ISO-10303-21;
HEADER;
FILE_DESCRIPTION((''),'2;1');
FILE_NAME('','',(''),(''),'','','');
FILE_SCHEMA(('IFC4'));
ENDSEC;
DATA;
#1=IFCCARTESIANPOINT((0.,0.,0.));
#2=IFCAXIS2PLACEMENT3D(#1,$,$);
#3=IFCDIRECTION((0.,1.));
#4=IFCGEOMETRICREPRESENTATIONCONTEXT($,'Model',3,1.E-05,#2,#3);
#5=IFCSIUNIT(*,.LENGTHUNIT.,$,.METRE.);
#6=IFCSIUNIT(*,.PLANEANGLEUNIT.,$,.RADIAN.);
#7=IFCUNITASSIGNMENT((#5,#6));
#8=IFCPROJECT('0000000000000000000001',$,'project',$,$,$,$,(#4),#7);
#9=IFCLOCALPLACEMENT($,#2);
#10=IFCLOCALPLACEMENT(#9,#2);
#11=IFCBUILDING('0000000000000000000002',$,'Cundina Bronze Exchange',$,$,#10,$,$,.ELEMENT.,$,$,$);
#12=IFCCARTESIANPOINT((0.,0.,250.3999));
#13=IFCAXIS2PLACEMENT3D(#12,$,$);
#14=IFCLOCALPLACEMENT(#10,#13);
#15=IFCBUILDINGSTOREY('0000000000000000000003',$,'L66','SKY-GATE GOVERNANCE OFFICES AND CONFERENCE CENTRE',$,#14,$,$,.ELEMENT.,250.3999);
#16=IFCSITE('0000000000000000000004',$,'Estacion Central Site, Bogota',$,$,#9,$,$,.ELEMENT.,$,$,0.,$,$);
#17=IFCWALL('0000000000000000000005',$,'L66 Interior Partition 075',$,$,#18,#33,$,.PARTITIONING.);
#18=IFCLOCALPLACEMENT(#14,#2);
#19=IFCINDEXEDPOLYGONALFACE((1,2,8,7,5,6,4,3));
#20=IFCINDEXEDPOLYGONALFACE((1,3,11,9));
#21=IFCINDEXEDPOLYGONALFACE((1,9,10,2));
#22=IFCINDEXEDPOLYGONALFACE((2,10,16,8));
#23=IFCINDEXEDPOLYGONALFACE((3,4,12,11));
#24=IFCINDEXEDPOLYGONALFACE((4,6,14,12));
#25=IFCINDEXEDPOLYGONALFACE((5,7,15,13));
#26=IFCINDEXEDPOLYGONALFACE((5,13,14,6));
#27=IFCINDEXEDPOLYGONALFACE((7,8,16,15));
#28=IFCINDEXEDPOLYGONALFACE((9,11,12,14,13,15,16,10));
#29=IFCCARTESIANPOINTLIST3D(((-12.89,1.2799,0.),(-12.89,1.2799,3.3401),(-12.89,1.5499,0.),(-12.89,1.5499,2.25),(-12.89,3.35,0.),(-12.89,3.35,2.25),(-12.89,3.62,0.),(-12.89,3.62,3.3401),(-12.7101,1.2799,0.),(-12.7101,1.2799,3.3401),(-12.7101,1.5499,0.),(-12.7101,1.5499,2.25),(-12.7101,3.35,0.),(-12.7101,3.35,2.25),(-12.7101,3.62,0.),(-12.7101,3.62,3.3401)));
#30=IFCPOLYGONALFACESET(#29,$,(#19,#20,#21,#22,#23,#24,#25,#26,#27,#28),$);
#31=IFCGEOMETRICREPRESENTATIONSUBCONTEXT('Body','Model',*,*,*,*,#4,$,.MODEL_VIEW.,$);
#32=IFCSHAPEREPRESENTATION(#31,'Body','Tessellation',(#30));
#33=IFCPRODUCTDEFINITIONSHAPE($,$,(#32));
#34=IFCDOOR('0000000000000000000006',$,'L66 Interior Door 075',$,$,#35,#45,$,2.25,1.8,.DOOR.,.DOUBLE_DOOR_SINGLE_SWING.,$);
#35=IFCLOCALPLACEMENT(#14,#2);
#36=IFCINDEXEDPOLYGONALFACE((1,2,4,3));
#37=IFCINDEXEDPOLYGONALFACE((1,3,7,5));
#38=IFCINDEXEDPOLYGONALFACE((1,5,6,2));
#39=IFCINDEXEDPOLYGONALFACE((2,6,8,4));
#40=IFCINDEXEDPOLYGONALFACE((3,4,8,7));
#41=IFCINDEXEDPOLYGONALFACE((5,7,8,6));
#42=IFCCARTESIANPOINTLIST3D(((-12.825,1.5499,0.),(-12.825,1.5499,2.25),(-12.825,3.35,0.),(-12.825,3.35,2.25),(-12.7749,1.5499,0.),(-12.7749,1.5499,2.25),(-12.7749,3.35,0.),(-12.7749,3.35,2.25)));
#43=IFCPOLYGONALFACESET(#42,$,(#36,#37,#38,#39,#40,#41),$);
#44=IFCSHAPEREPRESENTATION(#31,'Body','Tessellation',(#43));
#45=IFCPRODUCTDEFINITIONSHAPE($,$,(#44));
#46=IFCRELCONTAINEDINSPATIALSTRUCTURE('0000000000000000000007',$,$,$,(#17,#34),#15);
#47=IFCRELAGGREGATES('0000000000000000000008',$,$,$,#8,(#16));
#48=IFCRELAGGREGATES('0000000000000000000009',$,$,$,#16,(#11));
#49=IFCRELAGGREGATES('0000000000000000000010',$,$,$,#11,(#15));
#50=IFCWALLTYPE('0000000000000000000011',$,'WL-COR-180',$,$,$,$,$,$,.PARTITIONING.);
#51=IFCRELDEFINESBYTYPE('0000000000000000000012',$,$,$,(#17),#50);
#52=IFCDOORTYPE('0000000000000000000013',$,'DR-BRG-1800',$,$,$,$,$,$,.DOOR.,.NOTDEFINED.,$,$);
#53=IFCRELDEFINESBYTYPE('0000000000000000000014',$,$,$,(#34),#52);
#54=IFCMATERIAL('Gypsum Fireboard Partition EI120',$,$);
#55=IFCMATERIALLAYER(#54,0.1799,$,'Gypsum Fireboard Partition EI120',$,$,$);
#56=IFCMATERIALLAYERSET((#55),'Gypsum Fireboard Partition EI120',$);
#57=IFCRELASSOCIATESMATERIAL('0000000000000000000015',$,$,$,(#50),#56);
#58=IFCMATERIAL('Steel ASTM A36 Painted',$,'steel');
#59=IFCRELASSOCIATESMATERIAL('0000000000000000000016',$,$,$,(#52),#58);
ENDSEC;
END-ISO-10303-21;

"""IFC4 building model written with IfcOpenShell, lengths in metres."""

from ifc_helpers import new_model, si_unit, direction, frame, frame_2d, origin, place, context, subcontext, project, spatial, rectangle, extrude, material, layer, layer_set, type_object, element, fill, save


model = new_model("IFC4")

# Units and contexts
model_context = context("Model", 3, precision=1e-05, world=origin(), true_north=direction((0.0, 1.0)))
body_context = subcontext(model_context, "Body", "Model", "MODEL_VIEW")
ifc_project = project(units=[si_unit("LENGTHUNIT", "METRE"), si_unit("PLANEANGLEUNIT", "RADIAN")], contexts=[model_context])

# Site, building, storey
site_placement = place(None, origin())
site = spatial("IfcSite", under=ifc_project, at=site_placement, Name="Estacion Central Site, Bogota", CompositionType="ELEMENT", RefElevation=0.0)
building_placement = place(site_placement, origin())
building = spatial("IfcBuilding", under=site, at=building_placement, Name="Cundina Bronze Exchange", CompositionType="ELEMENT")
storey_placement = place(building_placement, frame((0.0, 0.0, 250.3999)))
storey = spatial("IfcBuildingStorey", under=building, at=storey_placement, Name="L66", Description="SKY-GATE GOVERNANCE OFFICES AND CONFERENCE CENTRE", CompositionType="ELEMENT", Elevation=250.3999)

# Shared definitions
ifc_material_1 = material(Name="Gypsum Fireboard Partition EI120")
ifc_layer_1 = layer(ifc_material_1, 0.1799, Name="Gypsum Fireboard Partition EI120")
ifc_layer_set_1 = layer_set([ifc_layer_1], Name="Gypsum Fireboard Partition EI120")
wall_type = type_object("IfcWallType", Name="WL-COR-180", PredefinedType="PARTITIONING", material=ifc_layer_set_1)

# Wall, opening, door
wall_1_placement = place(storey_placement, frame((-12.8, 1.28, 0.0), z_axis=(0.0, 0.0, 1.0), x_axis=(0.0, 1.0, 0.0)))
wall_1 = element("IfcWall", 1, at=wall_1_placement, inside=storey, type_object=wall_type, Name="L66 Interior Partition 075", PredefinedType="PARTITIONING", context=body_context, shape_type="SweptSolid", body=[
    extrude(rectangle(XDim=2.3401, YDim=0.1799, at=frame_2d((1.1699, 0.0))), origin(), (0.0, 0.0, 1.0), 3.3401),
])
opening_1_placement = place(wall_1_placement, frame((0.27, 0.0, 0.0)))
opening_1 = element("IfcOpeningElement", 2, at=opening_1_placement, cuts=wall_1, PredefinedType="OPENING", context=body_context, shape_type="SweptSolid", body=[
    extrude(rectangle(XDim=1.8, YDim=2.25, at=frame_2d((0.8999, 1.125))), frame((0.0, 0.0999, 0.0), z_axis=(0.0, -1.0, 0.0), x_axis=(1.0, 0.0, 0.0)), (0.0, 0.0, 1.0), 0.2),
])
ifc_material_2 = material(Name="Steel ASTM A36 Painted", Category="steel")
door_type_1 = type_object("IfcDoorType", Name="DR-BRG-1800", OperationType="NOTDEFINED", PredefinedType="DOOR", material=ifc_material_2)
door_1_placement = place(opening_1_placement, origin())
door_1 = element("IfcDoor", 3, at=door_1_placement, inside=storey, type_object=door_type_1, Name="L66 Interior Door 075", OperationType="DOUBLE_DOOR_SINGLE_SWING", OverallHeight=2.25, OverallWidth=1.8, PredefinedType="DOOR", context=body_context, shape_type="SweptSolid", body=[
    extrude(rectangle(XDim=1.8, YDim=2.25, at=frame_2d((0.8999, 1.125))), frame((0.0, 0.0249, 0.0), z_axis=(0.0, -1.0, 0.0), x_axis=(1.0, 0.0, 0.0)), (0.0, 0.0, 1.0), 0.05),
])
fill(opening_1, door_1)

save(model, "model.ifc")
